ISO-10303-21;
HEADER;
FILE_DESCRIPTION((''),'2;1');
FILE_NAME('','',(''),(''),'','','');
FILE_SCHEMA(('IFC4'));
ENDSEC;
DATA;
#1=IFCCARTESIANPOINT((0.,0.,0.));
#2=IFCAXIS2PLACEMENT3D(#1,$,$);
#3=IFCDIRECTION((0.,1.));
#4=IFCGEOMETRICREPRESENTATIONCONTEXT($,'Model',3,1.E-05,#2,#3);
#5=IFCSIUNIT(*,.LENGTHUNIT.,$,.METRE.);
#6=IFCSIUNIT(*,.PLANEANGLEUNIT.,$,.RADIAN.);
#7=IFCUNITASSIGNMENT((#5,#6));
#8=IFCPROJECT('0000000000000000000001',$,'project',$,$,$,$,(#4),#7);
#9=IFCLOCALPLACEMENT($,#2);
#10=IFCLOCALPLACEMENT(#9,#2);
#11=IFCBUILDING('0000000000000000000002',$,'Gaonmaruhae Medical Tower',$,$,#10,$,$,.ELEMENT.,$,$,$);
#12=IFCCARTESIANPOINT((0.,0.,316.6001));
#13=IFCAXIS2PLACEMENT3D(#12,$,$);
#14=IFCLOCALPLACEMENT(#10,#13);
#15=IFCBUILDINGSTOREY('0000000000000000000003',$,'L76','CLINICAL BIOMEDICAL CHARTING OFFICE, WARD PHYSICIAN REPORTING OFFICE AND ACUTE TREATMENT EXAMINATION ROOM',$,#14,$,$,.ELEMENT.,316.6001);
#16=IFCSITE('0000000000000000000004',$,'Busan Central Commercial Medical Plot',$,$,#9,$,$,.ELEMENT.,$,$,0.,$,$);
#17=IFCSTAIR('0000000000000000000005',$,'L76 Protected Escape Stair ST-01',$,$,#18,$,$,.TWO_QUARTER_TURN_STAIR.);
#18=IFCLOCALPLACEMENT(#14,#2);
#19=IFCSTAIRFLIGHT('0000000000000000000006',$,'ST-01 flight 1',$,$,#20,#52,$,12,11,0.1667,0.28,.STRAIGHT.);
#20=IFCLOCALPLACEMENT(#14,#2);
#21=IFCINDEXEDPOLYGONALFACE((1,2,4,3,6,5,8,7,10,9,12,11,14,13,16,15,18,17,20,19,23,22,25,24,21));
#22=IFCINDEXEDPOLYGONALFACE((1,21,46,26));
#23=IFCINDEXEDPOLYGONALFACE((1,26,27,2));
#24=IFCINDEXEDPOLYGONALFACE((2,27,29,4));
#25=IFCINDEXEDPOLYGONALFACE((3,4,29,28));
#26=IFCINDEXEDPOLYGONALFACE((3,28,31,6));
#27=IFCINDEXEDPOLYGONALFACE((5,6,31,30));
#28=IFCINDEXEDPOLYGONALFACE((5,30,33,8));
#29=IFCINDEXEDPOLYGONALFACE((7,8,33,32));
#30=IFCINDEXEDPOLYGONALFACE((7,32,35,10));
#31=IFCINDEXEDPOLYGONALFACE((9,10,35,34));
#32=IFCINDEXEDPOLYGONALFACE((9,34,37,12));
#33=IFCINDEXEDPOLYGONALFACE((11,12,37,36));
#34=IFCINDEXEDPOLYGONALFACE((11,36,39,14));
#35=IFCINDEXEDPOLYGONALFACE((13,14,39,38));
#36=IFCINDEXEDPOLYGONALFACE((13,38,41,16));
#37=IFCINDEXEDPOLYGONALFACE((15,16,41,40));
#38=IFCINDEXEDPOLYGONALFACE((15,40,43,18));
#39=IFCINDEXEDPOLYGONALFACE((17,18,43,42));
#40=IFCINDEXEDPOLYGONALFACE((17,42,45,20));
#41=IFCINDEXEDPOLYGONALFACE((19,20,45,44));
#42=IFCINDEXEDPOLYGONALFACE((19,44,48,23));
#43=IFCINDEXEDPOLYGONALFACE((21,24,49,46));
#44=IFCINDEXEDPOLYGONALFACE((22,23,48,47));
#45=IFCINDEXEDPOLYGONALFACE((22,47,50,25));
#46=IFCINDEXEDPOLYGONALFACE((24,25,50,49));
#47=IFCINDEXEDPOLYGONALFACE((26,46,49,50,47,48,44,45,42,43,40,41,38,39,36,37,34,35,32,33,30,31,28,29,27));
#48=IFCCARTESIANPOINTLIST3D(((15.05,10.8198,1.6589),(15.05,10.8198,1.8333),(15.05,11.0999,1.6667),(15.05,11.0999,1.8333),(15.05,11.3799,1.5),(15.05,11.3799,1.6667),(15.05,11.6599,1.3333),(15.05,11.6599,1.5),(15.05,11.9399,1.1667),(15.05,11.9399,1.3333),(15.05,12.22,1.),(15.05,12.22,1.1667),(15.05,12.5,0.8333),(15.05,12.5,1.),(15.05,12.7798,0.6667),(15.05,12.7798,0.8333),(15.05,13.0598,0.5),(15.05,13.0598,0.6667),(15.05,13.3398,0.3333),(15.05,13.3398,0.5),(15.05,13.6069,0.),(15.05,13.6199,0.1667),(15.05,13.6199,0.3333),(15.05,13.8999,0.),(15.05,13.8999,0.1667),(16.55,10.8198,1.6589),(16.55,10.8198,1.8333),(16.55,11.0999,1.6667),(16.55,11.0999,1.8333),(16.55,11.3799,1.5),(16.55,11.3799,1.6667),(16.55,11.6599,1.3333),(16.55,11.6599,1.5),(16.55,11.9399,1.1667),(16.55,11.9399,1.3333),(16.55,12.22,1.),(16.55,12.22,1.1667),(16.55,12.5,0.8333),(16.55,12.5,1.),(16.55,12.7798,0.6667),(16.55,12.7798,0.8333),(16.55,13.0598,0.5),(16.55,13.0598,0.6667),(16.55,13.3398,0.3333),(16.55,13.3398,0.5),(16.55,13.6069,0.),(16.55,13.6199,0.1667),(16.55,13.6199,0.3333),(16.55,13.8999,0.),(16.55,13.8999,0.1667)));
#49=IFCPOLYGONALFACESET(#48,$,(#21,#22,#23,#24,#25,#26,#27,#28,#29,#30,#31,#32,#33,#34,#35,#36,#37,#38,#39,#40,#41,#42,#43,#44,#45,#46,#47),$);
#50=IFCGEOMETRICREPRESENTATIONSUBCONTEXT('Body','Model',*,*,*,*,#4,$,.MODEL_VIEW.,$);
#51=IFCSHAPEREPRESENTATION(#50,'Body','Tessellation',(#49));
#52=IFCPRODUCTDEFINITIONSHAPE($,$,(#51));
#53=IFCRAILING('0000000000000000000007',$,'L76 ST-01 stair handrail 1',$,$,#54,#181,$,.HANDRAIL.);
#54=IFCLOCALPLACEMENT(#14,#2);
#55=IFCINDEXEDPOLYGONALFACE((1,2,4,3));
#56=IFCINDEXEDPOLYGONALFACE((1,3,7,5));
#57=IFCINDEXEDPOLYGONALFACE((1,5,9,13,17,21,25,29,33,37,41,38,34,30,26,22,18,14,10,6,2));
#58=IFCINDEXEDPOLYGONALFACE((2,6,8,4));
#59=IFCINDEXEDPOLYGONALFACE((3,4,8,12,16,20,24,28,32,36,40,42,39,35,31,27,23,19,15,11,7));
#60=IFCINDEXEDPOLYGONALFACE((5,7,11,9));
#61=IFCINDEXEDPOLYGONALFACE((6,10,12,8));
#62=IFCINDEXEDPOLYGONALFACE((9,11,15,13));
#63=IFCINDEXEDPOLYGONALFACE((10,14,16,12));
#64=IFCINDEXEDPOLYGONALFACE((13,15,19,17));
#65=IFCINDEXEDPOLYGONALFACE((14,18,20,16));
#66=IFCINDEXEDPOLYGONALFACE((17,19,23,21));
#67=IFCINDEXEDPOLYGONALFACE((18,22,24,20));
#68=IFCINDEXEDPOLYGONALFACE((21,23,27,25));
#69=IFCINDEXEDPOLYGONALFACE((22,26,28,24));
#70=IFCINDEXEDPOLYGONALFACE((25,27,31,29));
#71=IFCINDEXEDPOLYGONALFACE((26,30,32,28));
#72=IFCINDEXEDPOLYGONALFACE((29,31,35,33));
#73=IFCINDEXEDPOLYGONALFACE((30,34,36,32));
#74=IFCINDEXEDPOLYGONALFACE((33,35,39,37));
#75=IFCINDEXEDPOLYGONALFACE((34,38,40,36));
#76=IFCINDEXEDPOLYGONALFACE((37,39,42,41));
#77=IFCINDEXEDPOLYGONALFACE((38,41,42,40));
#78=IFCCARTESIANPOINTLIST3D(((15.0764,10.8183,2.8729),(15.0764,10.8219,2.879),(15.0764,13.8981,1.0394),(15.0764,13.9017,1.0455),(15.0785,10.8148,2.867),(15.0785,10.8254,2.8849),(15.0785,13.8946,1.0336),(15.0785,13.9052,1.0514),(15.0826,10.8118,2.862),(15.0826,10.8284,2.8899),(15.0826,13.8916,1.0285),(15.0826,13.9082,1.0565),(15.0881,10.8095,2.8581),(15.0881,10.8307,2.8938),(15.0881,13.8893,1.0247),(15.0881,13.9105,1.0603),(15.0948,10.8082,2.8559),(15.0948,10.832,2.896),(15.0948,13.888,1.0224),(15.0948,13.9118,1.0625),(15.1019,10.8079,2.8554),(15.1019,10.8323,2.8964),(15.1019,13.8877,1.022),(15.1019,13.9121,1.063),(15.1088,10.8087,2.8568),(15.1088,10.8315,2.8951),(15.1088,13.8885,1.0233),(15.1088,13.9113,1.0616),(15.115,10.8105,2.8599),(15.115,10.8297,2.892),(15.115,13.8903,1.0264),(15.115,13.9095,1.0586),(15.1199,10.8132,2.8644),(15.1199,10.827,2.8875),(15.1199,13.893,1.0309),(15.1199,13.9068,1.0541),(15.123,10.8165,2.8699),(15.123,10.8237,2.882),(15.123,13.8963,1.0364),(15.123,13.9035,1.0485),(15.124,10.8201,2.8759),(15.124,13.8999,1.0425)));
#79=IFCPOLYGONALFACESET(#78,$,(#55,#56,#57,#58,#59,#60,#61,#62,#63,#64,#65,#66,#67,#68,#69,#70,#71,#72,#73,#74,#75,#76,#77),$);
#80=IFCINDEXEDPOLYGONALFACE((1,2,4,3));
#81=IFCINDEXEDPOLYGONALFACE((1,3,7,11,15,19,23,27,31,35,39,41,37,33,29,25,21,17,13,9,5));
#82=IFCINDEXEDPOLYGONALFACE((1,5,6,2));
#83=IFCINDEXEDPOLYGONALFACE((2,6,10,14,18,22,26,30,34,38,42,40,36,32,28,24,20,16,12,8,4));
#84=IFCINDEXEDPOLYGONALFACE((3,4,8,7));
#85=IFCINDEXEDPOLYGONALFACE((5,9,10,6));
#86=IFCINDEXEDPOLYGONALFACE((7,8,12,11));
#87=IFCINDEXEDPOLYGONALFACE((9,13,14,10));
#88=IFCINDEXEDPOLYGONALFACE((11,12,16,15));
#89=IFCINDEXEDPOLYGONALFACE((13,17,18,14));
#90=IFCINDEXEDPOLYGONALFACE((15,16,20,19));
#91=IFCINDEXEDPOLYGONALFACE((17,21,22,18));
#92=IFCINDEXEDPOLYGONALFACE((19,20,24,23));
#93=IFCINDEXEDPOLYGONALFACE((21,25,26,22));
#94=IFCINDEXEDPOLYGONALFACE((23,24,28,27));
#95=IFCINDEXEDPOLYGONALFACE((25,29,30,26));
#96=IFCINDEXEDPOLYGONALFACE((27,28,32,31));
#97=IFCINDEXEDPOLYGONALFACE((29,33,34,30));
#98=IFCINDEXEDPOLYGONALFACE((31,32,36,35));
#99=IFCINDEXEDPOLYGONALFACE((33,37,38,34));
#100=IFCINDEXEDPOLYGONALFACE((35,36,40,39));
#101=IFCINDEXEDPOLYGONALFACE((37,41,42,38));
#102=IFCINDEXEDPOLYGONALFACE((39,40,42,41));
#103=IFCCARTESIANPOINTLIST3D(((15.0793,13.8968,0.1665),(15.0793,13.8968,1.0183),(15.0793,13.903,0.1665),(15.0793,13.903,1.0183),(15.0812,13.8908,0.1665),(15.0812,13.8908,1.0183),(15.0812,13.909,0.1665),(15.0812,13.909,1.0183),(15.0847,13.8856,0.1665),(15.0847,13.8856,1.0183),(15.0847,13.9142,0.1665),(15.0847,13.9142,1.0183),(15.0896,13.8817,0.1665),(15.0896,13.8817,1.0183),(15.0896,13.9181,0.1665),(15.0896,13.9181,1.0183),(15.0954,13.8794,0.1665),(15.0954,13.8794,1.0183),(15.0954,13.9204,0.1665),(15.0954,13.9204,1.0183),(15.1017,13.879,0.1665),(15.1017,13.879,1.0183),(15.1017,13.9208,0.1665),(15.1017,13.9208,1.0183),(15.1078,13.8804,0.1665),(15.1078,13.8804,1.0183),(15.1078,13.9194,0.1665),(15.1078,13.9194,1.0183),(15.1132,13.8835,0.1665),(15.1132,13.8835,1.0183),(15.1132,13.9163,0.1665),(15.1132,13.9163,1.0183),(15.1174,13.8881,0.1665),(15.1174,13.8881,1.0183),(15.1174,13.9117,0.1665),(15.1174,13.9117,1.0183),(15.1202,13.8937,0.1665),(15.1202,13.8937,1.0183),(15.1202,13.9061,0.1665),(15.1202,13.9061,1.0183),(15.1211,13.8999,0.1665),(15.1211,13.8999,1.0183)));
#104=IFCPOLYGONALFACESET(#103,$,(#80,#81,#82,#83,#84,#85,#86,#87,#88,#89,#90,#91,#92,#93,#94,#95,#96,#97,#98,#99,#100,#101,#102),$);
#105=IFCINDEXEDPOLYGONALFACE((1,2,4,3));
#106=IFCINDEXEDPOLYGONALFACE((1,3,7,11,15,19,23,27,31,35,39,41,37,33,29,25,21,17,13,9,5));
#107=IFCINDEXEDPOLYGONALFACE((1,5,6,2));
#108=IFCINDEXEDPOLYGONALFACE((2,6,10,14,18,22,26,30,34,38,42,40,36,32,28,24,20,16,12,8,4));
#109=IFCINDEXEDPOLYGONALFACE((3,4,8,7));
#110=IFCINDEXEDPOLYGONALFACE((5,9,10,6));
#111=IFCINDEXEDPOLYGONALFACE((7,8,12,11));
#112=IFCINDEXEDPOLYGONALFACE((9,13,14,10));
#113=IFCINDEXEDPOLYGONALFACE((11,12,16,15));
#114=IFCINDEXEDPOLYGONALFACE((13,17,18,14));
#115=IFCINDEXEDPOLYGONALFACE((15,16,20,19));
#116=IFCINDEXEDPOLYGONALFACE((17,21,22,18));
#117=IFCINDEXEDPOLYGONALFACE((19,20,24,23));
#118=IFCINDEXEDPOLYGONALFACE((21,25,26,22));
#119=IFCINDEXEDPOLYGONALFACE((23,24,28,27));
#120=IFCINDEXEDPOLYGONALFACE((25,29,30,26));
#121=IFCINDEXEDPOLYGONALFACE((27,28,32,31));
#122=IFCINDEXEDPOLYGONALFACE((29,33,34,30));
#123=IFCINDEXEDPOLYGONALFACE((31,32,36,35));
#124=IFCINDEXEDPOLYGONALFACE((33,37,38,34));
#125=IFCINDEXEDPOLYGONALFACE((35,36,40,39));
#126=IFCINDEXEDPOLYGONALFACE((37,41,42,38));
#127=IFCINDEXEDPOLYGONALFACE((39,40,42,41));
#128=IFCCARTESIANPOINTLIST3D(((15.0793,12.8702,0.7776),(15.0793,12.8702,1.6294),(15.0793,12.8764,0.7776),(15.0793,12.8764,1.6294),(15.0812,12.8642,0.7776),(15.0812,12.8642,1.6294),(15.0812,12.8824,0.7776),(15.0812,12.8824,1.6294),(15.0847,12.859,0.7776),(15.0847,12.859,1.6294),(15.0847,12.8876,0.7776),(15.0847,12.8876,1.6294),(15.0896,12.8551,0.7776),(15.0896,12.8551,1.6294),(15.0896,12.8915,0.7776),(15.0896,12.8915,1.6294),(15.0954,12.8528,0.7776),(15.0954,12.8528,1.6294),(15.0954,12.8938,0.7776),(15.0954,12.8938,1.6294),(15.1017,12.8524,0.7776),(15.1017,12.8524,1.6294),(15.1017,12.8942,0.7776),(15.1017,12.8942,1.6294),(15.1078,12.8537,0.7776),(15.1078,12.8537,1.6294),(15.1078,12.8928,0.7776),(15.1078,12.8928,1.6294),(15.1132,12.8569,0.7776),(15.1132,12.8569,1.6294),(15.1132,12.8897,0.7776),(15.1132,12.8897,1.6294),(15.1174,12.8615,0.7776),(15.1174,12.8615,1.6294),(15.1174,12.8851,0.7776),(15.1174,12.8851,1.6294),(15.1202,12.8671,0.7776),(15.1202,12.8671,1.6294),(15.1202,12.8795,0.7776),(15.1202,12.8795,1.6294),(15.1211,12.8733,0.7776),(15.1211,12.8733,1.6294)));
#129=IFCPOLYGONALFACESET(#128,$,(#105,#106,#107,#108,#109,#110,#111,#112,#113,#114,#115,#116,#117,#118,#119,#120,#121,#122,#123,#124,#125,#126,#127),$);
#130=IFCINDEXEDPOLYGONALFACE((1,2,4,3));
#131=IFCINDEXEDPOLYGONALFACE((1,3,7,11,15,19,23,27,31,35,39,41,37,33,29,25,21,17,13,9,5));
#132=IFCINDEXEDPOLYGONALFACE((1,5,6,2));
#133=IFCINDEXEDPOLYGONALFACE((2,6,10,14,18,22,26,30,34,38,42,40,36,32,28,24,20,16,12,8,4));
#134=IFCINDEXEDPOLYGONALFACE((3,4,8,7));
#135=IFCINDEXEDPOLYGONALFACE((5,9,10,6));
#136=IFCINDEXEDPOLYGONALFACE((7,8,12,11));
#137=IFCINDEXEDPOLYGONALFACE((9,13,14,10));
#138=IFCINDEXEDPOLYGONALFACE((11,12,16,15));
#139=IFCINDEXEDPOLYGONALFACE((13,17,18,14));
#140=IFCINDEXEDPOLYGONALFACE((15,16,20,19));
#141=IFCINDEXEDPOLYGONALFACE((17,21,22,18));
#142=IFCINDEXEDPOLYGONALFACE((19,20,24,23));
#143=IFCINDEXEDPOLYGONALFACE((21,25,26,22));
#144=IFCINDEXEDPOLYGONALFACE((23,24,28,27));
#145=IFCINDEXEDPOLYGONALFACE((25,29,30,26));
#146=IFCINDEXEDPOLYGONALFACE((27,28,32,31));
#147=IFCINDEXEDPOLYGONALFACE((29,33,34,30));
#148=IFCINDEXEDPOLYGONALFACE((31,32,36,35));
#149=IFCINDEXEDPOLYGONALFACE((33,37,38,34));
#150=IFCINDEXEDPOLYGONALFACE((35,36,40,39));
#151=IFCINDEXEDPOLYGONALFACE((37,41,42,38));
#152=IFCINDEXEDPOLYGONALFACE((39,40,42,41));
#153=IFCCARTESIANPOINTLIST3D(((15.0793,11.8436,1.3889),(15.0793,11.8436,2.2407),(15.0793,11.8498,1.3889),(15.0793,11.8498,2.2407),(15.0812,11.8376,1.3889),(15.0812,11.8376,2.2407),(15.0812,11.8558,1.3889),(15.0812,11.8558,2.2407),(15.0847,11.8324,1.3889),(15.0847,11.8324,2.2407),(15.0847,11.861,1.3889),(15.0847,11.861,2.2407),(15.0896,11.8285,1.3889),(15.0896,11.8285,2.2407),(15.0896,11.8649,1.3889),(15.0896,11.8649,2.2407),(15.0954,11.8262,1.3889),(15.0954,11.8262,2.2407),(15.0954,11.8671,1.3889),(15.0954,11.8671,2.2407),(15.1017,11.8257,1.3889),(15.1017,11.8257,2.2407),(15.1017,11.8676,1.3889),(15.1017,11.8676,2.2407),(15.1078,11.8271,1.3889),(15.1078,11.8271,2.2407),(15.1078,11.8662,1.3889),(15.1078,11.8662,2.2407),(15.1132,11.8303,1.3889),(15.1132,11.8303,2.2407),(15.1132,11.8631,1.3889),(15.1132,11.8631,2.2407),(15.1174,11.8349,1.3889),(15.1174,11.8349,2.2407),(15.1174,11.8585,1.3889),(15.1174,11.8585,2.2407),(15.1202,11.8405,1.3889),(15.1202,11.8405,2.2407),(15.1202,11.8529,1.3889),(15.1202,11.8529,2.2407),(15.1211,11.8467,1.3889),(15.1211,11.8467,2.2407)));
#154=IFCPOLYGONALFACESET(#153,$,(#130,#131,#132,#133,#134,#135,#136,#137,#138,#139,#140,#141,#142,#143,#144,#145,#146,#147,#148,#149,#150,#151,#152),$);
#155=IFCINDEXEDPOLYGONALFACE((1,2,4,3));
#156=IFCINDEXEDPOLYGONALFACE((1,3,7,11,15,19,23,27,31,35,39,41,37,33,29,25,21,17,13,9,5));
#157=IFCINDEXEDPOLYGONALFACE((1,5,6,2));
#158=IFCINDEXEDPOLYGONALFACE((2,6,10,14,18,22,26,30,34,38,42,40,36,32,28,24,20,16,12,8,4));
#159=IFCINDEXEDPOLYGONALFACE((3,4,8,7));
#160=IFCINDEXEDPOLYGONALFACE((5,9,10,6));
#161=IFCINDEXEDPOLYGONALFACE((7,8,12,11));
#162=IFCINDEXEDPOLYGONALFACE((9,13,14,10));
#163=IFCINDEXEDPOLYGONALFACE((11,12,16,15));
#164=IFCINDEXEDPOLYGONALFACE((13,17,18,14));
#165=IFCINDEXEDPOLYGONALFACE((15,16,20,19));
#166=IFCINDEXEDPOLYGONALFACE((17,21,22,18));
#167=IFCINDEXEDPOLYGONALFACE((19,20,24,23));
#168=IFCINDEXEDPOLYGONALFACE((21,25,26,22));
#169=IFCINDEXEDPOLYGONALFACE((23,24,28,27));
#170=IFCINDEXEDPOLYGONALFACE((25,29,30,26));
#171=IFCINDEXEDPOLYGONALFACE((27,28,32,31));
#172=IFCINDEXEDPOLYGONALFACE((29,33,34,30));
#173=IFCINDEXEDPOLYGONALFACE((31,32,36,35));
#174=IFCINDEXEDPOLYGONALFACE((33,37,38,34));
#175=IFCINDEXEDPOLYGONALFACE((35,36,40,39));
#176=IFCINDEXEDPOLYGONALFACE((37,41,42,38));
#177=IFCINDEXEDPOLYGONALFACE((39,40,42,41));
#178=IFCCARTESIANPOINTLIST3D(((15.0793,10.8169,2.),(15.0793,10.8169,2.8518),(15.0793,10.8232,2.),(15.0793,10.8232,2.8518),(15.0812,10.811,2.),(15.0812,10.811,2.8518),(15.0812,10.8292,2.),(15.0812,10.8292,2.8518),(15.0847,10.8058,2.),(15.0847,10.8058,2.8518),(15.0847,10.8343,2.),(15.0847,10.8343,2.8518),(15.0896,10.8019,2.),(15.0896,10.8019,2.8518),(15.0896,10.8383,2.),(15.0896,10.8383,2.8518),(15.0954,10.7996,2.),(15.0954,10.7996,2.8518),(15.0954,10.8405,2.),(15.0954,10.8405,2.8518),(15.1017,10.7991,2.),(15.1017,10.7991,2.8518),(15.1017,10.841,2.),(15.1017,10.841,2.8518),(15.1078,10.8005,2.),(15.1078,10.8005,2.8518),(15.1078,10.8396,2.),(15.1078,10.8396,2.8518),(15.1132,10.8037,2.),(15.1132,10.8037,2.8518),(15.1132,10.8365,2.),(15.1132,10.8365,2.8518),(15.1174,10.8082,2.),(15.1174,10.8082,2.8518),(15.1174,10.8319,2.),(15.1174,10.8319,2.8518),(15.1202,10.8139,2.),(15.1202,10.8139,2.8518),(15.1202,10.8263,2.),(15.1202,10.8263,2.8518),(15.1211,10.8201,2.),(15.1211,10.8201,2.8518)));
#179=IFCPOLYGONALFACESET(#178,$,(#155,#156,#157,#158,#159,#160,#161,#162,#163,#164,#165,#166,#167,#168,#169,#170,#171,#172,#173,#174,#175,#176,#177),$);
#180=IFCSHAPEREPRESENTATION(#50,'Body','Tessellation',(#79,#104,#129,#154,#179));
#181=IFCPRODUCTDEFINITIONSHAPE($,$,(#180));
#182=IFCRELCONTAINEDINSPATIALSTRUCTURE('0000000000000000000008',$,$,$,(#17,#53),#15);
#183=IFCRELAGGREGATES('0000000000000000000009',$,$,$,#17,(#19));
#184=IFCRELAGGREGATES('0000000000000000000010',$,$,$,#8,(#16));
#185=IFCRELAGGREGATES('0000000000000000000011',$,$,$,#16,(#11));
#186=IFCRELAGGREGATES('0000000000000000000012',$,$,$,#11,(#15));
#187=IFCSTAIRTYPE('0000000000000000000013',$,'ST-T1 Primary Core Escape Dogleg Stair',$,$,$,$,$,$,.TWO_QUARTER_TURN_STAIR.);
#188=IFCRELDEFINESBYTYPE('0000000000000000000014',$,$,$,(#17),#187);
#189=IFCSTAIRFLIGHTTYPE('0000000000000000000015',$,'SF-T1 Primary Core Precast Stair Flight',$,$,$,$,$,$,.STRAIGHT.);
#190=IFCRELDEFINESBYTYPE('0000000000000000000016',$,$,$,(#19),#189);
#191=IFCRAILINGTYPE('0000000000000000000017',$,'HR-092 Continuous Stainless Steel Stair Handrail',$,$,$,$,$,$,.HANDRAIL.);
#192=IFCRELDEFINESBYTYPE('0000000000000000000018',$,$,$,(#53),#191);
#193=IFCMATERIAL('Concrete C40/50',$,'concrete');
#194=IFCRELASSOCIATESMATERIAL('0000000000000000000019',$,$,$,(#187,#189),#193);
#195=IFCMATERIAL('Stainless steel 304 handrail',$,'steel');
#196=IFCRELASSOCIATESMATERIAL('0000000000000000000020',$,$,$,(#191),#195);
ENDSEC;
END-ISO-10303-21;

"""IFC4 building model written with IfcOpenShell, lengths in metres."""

from ifc_helpers import new_model, si_unit, direction, frame, origin, origin_2d, place, context, subcontext, project, spatial, polyline, circle, outline, extrude, material, type_object, element, aggregate, save


model = new_model("IFC4")

# Units and contexts
model_context = context("Model", 3, precision=1e-05, world=origin(), true_north=direction((0.0, 1.0)))
body_context = subcontext(model_context, "Body", "Model", "MODEL_VIEW")
ifc_project = project(units=[si_unit("LENGTHUNIT", "METRE"), si_unit("PLANEANGLEUNIT", "RADIAN")], contexts=[model_context])

# Site, building, storey
site_placement = place(None, origin())
site = spatial("IfcSite", under=ifc_project, at=site_placement, Name="Busan Central Commercial Medical Plot", CompositionType="ELEMENT", RefElevation=0.0)
building_placement = place(site_placement, origin())
building = spatial("IfcBuilding", under=site, at=building_placement, Name="Gaonmaruhae Medical Tower", CompositionType="ELEMENT")
storey_placement = place(building_placement, frame((0.0, 0.0, 316.6001)))
storey = spatial("IfcBuildingStorey", under=building, at=storey_placement, Name="L76", Description="CLINICAL BIOMEDICAL CHARTING OFFICE, WARD PHYSICIAN REPORTING OFFICE AND ACUTE TREATMENT EXAMINATION ROOM", CompositionType="ELEMENT", Elevation=316.6001)

# Stair, stair flight
ifc_material_1 = material(Name="Concrete C40/50", Category="concrete")
stair_type = type_object("IfcStairType", Name="ST-T1 Primary Core Escape Dogleg Stair", PredefinedType="TWO_QUARTER_TURN_STAIR", material=ifc_material_1)
stair_placement = place(storey_placement, origin())
stair = element("IfcStair", 1, at=stair_placement, inside=storey, type_object=stair_type, Name="L76 Protected Escape Stair ST-01", PredefinedType="TWO_QUARTER_TURN_STAIR")
stair_flight_type = type_object("IfcStairFlightType", Name="SF-T1 Primary Core Precast Stair Flight", PredefinedType="STRAIGHT", material=ifc_material_1)
stair_flight_placement = place(storey_placement, frame((15.8, 13.8999, 0.0), z_axis=(0.0, 0.0, 1.0), x_axis=(0.0, -1.0, 0.0)))
stair_flight = element("IfcStairFlight", 2, at=stair_flight_placement, type_object=stair_flight_type, Name="ST-01 flight 1", NumberOfRisers=12, NumberOfTreads=11, PredefinedType="STRAIGHT", RiserHeight=0.1667, TreadLength=0.28, context=body_context, shape_type="SweptSolid", body=[
    extrude(outline(polyline([(0.0, 0.0), (0.0, 0.1667), (0.28, 0.1667), (0.28, 0.3333), (0.5601, 0.3333), (0.5601, 0.5), (0.8401, 0.5), (0.8401, 0.6667), (1.1201, 0.6667), (1.1201, 0.8333), (1.3999, 0.8333), (1.3999, 1.0), (1.6799, 1.0), (1.6799, 1.1667), (1.96, 1.1667), (1.96, 1.3333), (2.24, 1.3333), (2.24, 1.5), (2.52, 1.5), (2.52, 1.6667), (2.8, 1.6667), (2.8, 1.8333), (3.0801, 1.8333), (3.0801, 2.0), (3.0801, 1.6589), (0.293, 0.0), (0.0, 0.0)])), frame((0.0, 0.75, 0.0), z_axis=(0.0, -1.0, 0.0), x_axis=(1.0, 0.0, 0.0)), (0.0, 0.0, 1.0), 1.5),
])
aggregate(stair, [stair_flight])

# Railing
ifc_material_2 = material(Name="Stainless steel 304 handrail", Category="steel")
railing_type_1 = type_object("IfcRailingType", Name="HR-092 Continuous Stainless Steel Stair Handrail", PredefinedType="HANDRAIL", material=ifc_material_2)
railing_1_placement = place(storey_placement, frame((15.1001, 13.8999, 0.1665)))
element("IfcRailing", 3, at=railing_1_placement, inside=storey, type_object=railing_type_1, Name="L76 ST-01 stair handrail 1", PredefinedType="HANDRAIL", context=body_context, shape_type="SweptSolid", body=[
    extrude(circle(Radius=0.0239, at=origin_2d()), frame((0.0, 0.0, 0.876), z_axis=(0.0, -0.859261, 0.511538), x_axis=(1.0, 0.0, 0.0)), (0.0, 0.0, 1.0), 3.5842),
    extrude(circle(Radius=0.021, at=origin_2d()), origin(), (0.0, 0.0, 1.0), 0.8518),
    extrude(circle(Radius=0.021, at=origin_2d()), frame((0.0, -1.0266, 0.6111)), (0.0, 0.0, 1.0), 0.8518),
    extrude(circle(Radius=0.021, at=origin_2d()), frame((0.0, -2.0532, 1.2224)), (0.0, 0.0, 1.0), 0.8518),
    extrude(circle(Radius=0.021, at=origin_2d()), frame((0.0, -3.0798, 1.8335)), (0.0, 0.0, 1.0), 0.8518),
])

save(model, "model.ifc")
